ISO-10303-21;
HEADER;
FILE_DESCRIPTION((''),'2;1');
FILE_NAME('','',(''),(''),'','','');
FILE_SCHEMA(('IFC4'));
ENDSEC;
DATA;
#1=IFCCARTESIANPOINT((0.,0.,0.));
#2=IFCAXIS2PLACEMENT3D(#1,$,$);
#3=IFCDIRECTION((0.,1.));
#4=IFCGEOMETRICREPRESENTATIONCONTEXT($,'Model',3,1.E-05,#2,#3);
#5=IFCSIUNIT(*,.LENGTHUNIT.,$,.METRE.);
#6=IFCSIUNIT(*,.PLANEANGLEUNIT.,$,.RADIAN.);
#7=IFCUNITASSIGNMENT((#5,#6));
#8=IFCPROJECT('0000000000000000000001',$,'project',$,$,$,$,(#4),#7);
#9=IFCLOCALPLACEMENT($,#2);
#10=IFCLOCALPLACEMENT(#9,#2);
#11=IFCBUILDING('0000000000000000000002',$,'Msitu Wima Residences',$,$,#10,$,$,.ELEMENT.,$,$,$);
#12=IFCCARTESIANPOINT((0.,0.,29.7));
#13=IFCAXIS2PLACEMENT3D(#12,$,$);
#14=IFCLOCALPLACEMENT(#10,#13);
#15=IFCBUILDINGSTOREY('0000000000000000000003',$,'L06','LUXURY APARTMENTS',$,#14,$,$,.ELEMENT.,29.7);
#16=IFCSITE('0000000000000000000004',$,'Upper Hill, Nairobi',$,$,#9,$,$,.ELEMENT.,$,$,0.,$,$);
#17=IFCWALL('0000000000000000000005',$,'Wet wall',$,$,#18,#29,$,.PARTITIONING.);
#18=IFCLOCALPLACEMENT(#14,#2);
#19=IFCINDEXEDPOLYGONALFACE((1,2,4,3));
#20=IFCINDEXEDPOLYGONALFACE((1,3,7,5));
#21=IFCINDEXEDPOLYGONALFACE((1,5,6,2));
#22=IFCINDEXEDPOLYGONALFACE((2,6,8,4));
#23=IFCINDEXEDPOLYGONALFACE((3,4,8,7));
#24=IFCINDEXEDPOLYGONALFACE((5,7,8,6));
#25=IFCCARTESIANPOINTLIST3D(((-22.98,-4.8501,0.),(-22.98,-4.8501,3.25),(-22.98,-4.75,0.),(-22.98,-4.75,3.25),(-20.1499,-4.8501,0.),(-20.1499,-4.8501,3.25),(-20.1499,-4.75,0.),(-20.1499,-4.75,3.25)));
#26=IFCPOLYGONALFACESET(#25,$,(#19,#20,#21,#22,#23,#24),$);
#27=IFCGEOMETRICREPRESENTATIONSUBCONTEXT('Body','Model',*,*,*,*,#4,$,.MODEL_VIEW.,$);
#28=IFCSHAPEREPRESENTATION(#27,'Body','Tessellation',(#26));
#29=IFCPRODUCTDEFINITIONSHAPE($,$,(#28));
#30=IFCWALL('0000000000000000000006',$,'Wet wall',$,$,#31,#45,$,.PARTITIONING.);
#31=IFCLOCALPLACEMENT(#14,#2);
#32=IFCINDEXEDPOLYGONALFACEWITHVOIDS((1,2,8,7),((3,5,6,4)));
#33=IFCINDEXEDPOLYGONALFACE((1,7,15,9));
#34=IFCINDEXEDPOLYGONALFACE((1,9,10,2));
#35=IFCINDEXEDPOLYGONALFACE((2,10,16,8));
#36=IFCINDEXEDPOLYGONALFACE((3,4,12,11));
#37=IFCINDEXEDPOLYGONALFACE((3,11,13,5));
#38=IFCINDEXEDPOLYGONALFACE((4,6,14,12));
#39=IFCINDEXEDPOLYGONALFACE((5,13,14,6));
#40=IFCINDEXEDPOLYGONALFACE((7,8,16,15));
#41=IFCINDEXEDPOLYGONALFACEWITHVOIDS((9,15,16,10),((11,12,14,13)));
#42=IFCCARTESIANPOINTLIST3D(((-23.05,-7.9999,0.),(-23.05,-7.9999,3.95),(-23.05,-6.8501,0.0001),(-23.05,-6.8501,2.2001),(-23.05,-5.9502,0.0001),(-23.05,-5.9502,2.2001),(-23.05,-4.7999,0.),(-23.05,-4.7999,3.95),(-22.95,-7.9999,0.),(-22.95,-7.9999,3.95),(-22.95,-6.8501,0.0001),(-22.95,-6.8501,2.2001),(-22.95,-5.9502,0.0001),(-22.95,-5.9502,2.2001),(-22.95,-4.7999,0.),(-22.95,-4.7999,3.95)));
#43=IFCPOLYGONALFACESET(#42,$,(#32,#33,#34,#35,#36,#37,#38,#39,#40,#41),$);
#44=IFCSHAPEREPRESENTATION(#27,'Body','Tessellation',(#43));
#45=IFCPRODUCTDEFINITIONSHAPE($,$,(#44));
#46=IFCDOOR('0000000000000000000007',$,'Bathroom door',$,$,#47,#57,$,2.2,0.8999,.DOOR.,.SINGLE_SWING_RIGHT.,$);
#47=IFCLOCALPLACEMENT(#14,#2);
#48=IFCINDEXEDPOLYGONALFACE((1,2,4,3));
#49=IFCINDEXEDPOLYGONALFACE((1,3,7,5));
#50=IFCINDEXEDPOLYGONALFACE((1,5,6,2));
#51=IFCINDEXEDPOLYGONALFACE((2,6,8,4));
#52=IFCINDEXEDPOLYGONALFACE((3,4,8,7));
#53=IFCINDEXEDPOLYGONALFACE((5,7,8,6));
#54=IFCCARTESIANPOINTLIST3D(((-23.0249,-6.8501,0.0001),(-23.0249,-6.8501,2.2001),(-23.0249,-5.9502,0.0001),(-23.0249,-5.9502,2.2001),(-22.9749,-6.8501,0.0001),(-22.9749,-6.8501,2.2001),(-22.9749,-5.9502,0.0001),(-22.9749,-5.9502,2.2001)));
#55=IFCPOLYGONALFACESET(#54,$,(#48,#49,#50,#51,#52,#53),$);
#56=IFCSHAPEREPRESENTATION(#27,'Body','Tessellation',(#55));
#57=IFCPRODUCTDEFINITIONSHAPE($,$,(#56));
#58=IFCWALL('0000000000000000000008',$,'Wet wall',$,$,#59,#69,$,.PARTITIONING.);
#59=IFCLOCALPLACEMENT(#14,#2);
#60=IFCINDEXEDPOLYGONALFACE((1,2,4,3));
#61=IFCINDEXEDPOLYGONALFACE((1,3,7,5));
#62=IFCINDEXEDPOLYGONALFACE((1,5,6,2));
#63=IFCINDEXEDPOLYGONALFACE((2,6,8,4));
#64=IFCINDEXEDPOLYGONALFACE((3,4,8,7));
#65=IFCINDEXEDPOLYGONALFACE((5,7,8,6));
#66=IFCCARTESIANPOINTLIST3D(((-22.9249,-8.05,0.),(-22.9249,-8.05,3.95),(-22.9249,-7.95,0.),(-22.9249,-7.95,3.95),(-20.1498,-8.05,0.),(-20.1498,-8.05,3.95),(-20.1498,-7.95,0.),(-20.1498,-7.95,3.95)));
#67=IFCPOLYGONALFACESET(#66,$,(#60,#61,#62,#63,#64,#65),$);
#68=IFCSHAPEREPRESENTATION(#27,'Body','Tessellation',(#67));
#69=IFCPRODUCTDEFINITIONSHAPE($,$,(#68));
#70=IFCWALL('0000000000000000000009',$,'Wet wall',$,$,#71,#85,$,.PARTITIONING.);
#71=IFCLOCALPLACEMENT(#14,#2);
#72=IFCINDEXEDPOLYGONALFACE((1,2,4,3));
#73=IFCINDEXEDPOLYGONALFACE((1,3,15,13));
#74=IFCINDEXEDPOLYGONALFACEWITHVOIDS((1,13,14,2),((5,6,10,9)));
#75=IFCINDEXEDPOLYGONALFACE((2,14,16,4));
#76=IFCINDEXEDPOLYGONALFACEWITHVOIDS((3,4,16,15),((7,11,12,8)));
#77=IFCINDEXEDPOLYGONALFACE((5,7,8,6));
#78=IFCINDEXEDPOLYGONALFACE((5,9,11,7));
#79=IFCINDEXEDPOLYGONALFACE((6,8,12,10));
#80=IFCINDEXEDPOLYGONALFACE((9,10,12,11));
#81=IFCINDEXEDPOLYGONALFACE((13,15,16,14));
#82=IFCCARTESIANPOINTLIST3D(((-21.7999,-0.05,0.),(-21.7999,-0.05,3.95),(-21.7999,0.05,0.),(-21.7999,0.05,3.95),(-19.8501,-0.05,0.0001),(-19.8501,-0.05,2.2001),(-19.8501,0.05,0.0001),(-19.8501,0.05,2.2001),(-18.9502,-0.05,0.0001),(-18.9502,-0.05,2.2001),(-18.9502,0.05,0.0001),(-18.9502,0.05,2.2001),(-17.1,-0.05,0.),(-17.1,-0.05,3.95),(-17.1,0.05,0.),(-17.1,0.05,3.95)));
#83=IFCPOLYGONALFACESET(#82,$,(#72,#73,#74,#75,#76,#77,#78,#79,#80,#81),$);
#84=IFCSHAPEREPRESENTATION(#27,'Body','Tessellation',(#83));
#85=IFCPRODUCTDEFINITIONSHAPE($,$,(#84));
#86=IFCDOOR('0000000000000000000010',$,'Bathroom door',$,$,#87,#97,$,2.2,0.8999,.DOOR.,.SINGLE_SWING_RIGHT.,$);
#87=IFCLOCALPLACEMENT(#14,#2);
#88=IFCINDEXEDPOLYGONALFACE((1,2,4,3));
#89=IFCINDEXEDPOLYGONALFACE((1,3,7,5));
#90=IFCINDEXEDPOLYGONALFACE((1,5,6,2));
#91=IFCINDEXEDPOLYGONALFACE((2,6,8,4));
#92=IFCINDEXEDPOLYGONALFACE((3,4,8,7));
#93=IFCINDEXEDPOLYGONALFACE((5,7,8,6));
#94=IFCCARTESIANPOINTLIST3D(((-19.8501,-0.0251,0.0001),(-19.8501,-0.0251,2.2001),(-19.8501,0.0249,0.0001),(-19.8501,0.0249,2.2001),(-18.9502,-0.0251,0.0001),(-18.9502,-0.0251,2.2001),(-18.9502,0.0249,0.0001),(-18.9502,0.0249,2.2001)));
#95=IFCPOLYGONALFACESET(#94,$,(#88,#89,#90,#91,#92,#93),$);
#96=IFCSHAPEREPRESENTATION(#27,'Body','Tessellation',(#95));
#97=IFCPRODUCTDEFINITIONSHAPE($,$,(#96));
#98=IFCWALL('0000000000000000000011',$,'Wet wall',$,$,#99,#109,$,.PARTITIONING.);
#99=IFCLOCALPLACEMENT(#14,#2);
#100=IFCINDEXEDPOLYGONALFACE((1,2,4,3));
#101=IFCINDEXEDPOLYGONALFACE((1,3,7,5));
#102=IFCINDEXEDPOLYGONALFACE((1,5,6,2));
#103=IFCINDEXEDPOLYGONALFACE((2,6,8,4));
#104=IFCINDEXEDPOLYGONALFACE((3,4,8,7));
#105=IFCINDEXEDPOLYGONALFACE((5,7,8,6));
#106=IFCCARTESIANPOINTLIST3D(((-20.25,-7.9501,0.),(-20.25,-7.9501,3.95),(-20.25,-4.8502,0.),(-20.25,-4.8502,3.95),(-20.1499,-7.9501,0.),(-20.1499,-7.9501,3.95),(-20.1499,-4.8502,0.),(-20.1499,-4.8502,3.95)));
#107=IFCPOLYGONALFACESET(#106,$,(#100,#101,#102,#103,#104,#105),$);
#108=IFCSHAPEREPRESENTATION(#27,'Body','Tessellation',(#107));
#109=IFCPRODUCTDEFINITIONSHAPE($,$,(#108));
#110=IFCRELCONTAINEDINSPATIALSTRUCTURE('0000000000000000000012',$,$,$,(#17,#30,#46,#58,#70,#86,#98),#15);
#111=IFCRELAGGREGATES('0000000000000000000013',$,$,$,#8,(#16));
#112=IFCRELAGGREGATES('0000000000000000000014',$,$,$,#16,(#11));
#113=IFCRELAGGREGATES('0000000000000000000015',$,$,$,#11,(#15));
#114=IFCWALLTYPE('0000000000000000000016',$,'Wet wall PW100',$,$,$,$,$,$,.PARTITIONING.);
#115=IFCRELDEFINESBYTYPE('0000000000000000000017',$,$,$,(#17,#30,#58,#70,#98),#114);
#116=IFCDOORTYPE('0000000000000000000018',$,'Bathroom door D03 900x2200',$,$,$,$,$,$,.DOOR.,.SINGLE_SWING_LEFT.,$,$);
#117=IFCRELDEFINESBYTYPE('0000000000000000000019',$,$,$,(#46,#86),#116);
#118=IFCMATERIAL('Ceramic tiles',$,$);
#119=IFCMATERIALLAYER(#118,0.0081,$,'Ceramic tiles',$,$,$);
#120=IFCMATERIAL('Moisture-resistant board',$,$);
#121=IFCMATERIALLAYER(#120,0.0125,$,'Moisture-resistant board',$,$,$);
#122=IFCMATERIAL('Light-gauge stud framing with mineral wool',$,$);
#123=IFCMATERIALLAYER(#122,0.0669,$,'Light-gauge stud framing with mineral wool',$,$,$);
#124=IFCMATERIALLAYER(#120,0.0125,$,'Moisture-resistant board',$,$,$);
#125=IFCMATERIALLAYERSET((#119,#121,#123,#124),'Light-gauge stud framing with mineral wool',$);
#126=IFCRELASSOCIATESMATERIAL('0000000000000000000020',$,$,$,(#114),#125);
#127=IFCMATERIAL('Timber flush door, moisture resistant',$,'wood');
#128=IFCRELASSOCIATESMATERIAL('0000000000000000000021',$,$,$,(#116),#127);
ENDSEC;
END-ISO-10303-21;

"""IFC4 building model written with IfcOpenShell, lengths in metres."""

from ifc_helpers import new_model, si_unit, direction, frame, frame_2d, origin, place, context, subcontext, project, spatial, rectangle, extrude, material, layer, layer_set, type_object, element, fill, save


model = new_model("IFC4")

# Units and contexts
model_context = context("Model", 3, precision=1e-05, world=origin(), true_north=direction((0.0, 1.0)))
body_context = subcontext(model_context, "Body", "Model", "MODEL_VIEW")
ifc_project = project(units=[si_unit("LENGTHUNIT", "METRE"), si_unit("PLANEANGLEUNIT", "RADIAN")], contexts=[model_context])

# Site, building, storey
site_placement = place(None, origin())
site = spatial("IfcSite", under=ifc_project, at=site_placement, Name="Upper Hill, Nairobi", CompositionType="ELEMENT", RefElevation=0.0)
building_placement = place(site_placement, origin())
building = spatial("IfcBuilding", under=site, at=building_placement, Name="Msitu Wima Residences", CompositionType="ELEMENT")
storey_placement = place(building_placement, frame((0.0, 0.0, 29.7)))
storey = spatial("IfcBuildingStorey", under=building, at=storey_placement, Name="L06", Description="LUXURY APARTMENTS", CompositionType="ELEMENT", Elevation=29.7)

# Wall
ifc_material_1 = material(Name="Ceramic tiles")
ifc_layer_1 = layer(ifc_material_1, 0.0081, Name="Ceramic tiles")
ifc_material_2 = material(Name="Moisture-resistant board")
ifc_layer_2 = layer(ifc_material_2, 0.0125, Name="Moisture-resistant board")
ifc_material_3 = material(Name="Light-gauge stud framing with mineral wool")
ifc_layer_3 = layer(ifc_material_3, 0.0669, Name="Light-gauge stud framing with mineral wool")
ifc_layer_4 = layer(ifc_material_2, 0.0125, Name="Moisture-resistant board")
ifc_layer_set_1 = layer_set([ifc_layer_1, ifc_layer_2, ifc_layer_3, ifc_layer_4], Name="Light-gauge stud framing with mineral wool")
wall_type_1 = type_object("IfcWallType", Name="Wet wall PW100", PredefinedType="PARTITIONING", material=ifc_layer_set_1)
wall_1_placement = place(storey_placement, frame((-22.98, -4.8, 0.0), z_axis=(0.0, 0.0, 1.0), x_axis=(1.0, 0.0, 0.0)))
element("IfcWall", 1, at=wall_1_placement, inside=storey, type_object=wall_type_1, Name="Wet wall", PredefinedType="PARTITIONING", context=body_context, shape_type="SweptSolid", body=[
    extrude(rectangle(XDim=2.8301, YDim=0.1001, at=frame_2d((1.415, 0.0))), origin(), (0.0, 0.0, 1.0), 3.25),
])

# Wall, opening, door
wall_2_placement = place(storey_placement, frame((-23.0, -8.0, 0.0), z_axis=(0.0, 0.0, 1.0), x_axis=(0.0, 1.0, 0.0)))
wall_2 = element("IfcWall", 2, at=wall_2_placement, inside=storey, type_object=wall_type_1, Name="Wet wall", PredefinedType="PARTITIONING", context=body_context, shape_type="SweptSolid", body=[
    extrude(rectangle(XDim=3.2, YDim=0.1001, at=frame_2d((1.6001, 0.0))), origin(), (0.0, 0.0, 1.0), 3.95),
])
opening_1_placement = place(wall_2_placement, frame((1.1499, 0.0, 0.0)))
opening_1 = element("IfcOpeningElement", 3, at=opening_1_placement, cuts=wall_2, PredefinedType="OPENING", context=body_context, shape_type="SweptSolid", body=[
    extrude(rectangle(XDim=0.8999, YDim=2.2, at=frame_2d((0.45, 1.1001))), frame((0.0, 0.0601, 0.0), z_axis=(0.0, -1.0, 0.0), x_axis=(1.0, 0.0, 0.0)), (0.0, 0.0, 1.0), 0.1201),
])
ifc_material_4 = material(Name="Timber flush door, moisture resistant", Category="wood")
door_type_1 = type_object("IfcDoorType", Name="Bathroom door D03 900x2200", OperationType="SINGLE_SWING_LEFT", PredefinedType="DOOR", material=ifc_material_4)
door_1_placement = place(opening_1_placement, origin())
door_1 = element("IfcDoor", 4, at=door_1_placement, inside=storey, type_object=door_type_1, Name="Bathroom door", OperationType="SINGLE_SWING_RIGHT", OverallHeight=2.2, OverallWidth=0.8999, PredefinedType="DOOR", context=body_context, shape_type="SweptSolid", body=[
    extrude(rectangle(XDim=0.8999, YDim=2.2, at=frame_2d((0.45, 1.1001))), frame((0.0, 0.0249, 0.0), z_axis=(0.0, -1.0, 0.0), x_axis=(1.0, 0.0, 0.0)), (0.0, 0.0, 1.0), 0.05),
])
fill(opening_1, door_1)

# Wall
wall_3_placement = place(storey_placement, frame((-22.925, -8.0, 0.0), z_axis=(0.0, 0.0, 1.0), x_axis=(1.0, 0.0, 0.0)))
element("IfcWall", 5, at=wall_3_placement, inside=storey, type_object=wall_type_1, Name="Wet wall", PredefinedType="PARTITIONING", context=body_context, shape_type="SweptSolid", body=[
    extrude(rectangle(XDim=2.7751, YDim=0.1001, at=frame_2d((1.3877, 0.0))), origin(), (0.0, 0.0, 1.0), 3.95),
])

# Wall, opening, door
wall_4_placement = place(storey_placement, frame((-21.8, 0.0, 0.0), z_axis=(0.0, 0.0, 1.0), x_axis=(1.0, 0.0, 0.0)))
wall_4 = element("IfcWall", 6, at=wall_4_placement, inside=storey, type_object=wall_type_1, Name="Wet wall", PredefinedType="PARTITIONING", context=body_context, shape_type="SweptSolid", body=[
    extrude(rectangle(XDim=4.7, YDim=0.1001, at=frame_2d((2.3501, 0.0))), origin(), (0.0, 0.0, 1.0), 3.95),
])
opening_2_placement = place(wall_4_placement, frame((1.95, 0.0, 0.0)))
opening_2 = element("IfcOpeningElement", 7, at=opening_2_placement, cuts=wall_4, PredefinedType="OPENING", context=body_context, shape_type="SweptSolid", body=[
    extrude(rectangle(XDim=0.8999, YDim=2.2, at=frame_2d((0.45, 1.1001))), frame((0.0, 0.0601, 0.0), z_axis=(0.0, -1.0, 0.0), x_axis=(1.0, 0.0, 0.0)), (0.0, 0.0, 1.0), 0.1201),
])
door_2_placement = place(opening_2_placement, origin())
door_2 = element("IfcDoor", 8, at=door_2_placement, inside=storey, type_object=door_type_1, Name="Bathroom door", OperationType="SINGLE_SWING_RIGHT", OverallHeight=2.2, OverallWidth=0.8999, PredefinedType="DOOR", context=body_context, shape_type="SweptSolid", body=[
    extrude(rectangle(XDim=0.8999, YDim=2.2, at=frame_2d((0.45, 1.1001))), frame((0.0, 0.0249, 0.0), z_axis=(0.0, -1.0, 0.0), x_axis=(1.0, 0.0, 0.0)), (0.0, 0.0, 1.0), 0.05),
])
fill(opening_2, door_2)

# Wall
wall_5_placement = place(storey_placement, frame((-20.2, -7.95, 0.0), z_axis=(0.0, 0.0, 1.0), x_axis=(0.0, 1.0, 0.0)))
element("IfcWall", 9, at=wall_5_placement, inside=storey, type_object=wall_type_1, Name="Wet wall", PredefinedType="PARTITIONING", context=body_context, shape_type="SweptSolid", body=[
    extrude(rectangle(XDim=3.0999, YDim=0.1001, at=frame_2d((1.5498, 0.0))), origin(), (0.0, 0.0, 1.0), 3.95),
])

save(model, "model.ifc")
